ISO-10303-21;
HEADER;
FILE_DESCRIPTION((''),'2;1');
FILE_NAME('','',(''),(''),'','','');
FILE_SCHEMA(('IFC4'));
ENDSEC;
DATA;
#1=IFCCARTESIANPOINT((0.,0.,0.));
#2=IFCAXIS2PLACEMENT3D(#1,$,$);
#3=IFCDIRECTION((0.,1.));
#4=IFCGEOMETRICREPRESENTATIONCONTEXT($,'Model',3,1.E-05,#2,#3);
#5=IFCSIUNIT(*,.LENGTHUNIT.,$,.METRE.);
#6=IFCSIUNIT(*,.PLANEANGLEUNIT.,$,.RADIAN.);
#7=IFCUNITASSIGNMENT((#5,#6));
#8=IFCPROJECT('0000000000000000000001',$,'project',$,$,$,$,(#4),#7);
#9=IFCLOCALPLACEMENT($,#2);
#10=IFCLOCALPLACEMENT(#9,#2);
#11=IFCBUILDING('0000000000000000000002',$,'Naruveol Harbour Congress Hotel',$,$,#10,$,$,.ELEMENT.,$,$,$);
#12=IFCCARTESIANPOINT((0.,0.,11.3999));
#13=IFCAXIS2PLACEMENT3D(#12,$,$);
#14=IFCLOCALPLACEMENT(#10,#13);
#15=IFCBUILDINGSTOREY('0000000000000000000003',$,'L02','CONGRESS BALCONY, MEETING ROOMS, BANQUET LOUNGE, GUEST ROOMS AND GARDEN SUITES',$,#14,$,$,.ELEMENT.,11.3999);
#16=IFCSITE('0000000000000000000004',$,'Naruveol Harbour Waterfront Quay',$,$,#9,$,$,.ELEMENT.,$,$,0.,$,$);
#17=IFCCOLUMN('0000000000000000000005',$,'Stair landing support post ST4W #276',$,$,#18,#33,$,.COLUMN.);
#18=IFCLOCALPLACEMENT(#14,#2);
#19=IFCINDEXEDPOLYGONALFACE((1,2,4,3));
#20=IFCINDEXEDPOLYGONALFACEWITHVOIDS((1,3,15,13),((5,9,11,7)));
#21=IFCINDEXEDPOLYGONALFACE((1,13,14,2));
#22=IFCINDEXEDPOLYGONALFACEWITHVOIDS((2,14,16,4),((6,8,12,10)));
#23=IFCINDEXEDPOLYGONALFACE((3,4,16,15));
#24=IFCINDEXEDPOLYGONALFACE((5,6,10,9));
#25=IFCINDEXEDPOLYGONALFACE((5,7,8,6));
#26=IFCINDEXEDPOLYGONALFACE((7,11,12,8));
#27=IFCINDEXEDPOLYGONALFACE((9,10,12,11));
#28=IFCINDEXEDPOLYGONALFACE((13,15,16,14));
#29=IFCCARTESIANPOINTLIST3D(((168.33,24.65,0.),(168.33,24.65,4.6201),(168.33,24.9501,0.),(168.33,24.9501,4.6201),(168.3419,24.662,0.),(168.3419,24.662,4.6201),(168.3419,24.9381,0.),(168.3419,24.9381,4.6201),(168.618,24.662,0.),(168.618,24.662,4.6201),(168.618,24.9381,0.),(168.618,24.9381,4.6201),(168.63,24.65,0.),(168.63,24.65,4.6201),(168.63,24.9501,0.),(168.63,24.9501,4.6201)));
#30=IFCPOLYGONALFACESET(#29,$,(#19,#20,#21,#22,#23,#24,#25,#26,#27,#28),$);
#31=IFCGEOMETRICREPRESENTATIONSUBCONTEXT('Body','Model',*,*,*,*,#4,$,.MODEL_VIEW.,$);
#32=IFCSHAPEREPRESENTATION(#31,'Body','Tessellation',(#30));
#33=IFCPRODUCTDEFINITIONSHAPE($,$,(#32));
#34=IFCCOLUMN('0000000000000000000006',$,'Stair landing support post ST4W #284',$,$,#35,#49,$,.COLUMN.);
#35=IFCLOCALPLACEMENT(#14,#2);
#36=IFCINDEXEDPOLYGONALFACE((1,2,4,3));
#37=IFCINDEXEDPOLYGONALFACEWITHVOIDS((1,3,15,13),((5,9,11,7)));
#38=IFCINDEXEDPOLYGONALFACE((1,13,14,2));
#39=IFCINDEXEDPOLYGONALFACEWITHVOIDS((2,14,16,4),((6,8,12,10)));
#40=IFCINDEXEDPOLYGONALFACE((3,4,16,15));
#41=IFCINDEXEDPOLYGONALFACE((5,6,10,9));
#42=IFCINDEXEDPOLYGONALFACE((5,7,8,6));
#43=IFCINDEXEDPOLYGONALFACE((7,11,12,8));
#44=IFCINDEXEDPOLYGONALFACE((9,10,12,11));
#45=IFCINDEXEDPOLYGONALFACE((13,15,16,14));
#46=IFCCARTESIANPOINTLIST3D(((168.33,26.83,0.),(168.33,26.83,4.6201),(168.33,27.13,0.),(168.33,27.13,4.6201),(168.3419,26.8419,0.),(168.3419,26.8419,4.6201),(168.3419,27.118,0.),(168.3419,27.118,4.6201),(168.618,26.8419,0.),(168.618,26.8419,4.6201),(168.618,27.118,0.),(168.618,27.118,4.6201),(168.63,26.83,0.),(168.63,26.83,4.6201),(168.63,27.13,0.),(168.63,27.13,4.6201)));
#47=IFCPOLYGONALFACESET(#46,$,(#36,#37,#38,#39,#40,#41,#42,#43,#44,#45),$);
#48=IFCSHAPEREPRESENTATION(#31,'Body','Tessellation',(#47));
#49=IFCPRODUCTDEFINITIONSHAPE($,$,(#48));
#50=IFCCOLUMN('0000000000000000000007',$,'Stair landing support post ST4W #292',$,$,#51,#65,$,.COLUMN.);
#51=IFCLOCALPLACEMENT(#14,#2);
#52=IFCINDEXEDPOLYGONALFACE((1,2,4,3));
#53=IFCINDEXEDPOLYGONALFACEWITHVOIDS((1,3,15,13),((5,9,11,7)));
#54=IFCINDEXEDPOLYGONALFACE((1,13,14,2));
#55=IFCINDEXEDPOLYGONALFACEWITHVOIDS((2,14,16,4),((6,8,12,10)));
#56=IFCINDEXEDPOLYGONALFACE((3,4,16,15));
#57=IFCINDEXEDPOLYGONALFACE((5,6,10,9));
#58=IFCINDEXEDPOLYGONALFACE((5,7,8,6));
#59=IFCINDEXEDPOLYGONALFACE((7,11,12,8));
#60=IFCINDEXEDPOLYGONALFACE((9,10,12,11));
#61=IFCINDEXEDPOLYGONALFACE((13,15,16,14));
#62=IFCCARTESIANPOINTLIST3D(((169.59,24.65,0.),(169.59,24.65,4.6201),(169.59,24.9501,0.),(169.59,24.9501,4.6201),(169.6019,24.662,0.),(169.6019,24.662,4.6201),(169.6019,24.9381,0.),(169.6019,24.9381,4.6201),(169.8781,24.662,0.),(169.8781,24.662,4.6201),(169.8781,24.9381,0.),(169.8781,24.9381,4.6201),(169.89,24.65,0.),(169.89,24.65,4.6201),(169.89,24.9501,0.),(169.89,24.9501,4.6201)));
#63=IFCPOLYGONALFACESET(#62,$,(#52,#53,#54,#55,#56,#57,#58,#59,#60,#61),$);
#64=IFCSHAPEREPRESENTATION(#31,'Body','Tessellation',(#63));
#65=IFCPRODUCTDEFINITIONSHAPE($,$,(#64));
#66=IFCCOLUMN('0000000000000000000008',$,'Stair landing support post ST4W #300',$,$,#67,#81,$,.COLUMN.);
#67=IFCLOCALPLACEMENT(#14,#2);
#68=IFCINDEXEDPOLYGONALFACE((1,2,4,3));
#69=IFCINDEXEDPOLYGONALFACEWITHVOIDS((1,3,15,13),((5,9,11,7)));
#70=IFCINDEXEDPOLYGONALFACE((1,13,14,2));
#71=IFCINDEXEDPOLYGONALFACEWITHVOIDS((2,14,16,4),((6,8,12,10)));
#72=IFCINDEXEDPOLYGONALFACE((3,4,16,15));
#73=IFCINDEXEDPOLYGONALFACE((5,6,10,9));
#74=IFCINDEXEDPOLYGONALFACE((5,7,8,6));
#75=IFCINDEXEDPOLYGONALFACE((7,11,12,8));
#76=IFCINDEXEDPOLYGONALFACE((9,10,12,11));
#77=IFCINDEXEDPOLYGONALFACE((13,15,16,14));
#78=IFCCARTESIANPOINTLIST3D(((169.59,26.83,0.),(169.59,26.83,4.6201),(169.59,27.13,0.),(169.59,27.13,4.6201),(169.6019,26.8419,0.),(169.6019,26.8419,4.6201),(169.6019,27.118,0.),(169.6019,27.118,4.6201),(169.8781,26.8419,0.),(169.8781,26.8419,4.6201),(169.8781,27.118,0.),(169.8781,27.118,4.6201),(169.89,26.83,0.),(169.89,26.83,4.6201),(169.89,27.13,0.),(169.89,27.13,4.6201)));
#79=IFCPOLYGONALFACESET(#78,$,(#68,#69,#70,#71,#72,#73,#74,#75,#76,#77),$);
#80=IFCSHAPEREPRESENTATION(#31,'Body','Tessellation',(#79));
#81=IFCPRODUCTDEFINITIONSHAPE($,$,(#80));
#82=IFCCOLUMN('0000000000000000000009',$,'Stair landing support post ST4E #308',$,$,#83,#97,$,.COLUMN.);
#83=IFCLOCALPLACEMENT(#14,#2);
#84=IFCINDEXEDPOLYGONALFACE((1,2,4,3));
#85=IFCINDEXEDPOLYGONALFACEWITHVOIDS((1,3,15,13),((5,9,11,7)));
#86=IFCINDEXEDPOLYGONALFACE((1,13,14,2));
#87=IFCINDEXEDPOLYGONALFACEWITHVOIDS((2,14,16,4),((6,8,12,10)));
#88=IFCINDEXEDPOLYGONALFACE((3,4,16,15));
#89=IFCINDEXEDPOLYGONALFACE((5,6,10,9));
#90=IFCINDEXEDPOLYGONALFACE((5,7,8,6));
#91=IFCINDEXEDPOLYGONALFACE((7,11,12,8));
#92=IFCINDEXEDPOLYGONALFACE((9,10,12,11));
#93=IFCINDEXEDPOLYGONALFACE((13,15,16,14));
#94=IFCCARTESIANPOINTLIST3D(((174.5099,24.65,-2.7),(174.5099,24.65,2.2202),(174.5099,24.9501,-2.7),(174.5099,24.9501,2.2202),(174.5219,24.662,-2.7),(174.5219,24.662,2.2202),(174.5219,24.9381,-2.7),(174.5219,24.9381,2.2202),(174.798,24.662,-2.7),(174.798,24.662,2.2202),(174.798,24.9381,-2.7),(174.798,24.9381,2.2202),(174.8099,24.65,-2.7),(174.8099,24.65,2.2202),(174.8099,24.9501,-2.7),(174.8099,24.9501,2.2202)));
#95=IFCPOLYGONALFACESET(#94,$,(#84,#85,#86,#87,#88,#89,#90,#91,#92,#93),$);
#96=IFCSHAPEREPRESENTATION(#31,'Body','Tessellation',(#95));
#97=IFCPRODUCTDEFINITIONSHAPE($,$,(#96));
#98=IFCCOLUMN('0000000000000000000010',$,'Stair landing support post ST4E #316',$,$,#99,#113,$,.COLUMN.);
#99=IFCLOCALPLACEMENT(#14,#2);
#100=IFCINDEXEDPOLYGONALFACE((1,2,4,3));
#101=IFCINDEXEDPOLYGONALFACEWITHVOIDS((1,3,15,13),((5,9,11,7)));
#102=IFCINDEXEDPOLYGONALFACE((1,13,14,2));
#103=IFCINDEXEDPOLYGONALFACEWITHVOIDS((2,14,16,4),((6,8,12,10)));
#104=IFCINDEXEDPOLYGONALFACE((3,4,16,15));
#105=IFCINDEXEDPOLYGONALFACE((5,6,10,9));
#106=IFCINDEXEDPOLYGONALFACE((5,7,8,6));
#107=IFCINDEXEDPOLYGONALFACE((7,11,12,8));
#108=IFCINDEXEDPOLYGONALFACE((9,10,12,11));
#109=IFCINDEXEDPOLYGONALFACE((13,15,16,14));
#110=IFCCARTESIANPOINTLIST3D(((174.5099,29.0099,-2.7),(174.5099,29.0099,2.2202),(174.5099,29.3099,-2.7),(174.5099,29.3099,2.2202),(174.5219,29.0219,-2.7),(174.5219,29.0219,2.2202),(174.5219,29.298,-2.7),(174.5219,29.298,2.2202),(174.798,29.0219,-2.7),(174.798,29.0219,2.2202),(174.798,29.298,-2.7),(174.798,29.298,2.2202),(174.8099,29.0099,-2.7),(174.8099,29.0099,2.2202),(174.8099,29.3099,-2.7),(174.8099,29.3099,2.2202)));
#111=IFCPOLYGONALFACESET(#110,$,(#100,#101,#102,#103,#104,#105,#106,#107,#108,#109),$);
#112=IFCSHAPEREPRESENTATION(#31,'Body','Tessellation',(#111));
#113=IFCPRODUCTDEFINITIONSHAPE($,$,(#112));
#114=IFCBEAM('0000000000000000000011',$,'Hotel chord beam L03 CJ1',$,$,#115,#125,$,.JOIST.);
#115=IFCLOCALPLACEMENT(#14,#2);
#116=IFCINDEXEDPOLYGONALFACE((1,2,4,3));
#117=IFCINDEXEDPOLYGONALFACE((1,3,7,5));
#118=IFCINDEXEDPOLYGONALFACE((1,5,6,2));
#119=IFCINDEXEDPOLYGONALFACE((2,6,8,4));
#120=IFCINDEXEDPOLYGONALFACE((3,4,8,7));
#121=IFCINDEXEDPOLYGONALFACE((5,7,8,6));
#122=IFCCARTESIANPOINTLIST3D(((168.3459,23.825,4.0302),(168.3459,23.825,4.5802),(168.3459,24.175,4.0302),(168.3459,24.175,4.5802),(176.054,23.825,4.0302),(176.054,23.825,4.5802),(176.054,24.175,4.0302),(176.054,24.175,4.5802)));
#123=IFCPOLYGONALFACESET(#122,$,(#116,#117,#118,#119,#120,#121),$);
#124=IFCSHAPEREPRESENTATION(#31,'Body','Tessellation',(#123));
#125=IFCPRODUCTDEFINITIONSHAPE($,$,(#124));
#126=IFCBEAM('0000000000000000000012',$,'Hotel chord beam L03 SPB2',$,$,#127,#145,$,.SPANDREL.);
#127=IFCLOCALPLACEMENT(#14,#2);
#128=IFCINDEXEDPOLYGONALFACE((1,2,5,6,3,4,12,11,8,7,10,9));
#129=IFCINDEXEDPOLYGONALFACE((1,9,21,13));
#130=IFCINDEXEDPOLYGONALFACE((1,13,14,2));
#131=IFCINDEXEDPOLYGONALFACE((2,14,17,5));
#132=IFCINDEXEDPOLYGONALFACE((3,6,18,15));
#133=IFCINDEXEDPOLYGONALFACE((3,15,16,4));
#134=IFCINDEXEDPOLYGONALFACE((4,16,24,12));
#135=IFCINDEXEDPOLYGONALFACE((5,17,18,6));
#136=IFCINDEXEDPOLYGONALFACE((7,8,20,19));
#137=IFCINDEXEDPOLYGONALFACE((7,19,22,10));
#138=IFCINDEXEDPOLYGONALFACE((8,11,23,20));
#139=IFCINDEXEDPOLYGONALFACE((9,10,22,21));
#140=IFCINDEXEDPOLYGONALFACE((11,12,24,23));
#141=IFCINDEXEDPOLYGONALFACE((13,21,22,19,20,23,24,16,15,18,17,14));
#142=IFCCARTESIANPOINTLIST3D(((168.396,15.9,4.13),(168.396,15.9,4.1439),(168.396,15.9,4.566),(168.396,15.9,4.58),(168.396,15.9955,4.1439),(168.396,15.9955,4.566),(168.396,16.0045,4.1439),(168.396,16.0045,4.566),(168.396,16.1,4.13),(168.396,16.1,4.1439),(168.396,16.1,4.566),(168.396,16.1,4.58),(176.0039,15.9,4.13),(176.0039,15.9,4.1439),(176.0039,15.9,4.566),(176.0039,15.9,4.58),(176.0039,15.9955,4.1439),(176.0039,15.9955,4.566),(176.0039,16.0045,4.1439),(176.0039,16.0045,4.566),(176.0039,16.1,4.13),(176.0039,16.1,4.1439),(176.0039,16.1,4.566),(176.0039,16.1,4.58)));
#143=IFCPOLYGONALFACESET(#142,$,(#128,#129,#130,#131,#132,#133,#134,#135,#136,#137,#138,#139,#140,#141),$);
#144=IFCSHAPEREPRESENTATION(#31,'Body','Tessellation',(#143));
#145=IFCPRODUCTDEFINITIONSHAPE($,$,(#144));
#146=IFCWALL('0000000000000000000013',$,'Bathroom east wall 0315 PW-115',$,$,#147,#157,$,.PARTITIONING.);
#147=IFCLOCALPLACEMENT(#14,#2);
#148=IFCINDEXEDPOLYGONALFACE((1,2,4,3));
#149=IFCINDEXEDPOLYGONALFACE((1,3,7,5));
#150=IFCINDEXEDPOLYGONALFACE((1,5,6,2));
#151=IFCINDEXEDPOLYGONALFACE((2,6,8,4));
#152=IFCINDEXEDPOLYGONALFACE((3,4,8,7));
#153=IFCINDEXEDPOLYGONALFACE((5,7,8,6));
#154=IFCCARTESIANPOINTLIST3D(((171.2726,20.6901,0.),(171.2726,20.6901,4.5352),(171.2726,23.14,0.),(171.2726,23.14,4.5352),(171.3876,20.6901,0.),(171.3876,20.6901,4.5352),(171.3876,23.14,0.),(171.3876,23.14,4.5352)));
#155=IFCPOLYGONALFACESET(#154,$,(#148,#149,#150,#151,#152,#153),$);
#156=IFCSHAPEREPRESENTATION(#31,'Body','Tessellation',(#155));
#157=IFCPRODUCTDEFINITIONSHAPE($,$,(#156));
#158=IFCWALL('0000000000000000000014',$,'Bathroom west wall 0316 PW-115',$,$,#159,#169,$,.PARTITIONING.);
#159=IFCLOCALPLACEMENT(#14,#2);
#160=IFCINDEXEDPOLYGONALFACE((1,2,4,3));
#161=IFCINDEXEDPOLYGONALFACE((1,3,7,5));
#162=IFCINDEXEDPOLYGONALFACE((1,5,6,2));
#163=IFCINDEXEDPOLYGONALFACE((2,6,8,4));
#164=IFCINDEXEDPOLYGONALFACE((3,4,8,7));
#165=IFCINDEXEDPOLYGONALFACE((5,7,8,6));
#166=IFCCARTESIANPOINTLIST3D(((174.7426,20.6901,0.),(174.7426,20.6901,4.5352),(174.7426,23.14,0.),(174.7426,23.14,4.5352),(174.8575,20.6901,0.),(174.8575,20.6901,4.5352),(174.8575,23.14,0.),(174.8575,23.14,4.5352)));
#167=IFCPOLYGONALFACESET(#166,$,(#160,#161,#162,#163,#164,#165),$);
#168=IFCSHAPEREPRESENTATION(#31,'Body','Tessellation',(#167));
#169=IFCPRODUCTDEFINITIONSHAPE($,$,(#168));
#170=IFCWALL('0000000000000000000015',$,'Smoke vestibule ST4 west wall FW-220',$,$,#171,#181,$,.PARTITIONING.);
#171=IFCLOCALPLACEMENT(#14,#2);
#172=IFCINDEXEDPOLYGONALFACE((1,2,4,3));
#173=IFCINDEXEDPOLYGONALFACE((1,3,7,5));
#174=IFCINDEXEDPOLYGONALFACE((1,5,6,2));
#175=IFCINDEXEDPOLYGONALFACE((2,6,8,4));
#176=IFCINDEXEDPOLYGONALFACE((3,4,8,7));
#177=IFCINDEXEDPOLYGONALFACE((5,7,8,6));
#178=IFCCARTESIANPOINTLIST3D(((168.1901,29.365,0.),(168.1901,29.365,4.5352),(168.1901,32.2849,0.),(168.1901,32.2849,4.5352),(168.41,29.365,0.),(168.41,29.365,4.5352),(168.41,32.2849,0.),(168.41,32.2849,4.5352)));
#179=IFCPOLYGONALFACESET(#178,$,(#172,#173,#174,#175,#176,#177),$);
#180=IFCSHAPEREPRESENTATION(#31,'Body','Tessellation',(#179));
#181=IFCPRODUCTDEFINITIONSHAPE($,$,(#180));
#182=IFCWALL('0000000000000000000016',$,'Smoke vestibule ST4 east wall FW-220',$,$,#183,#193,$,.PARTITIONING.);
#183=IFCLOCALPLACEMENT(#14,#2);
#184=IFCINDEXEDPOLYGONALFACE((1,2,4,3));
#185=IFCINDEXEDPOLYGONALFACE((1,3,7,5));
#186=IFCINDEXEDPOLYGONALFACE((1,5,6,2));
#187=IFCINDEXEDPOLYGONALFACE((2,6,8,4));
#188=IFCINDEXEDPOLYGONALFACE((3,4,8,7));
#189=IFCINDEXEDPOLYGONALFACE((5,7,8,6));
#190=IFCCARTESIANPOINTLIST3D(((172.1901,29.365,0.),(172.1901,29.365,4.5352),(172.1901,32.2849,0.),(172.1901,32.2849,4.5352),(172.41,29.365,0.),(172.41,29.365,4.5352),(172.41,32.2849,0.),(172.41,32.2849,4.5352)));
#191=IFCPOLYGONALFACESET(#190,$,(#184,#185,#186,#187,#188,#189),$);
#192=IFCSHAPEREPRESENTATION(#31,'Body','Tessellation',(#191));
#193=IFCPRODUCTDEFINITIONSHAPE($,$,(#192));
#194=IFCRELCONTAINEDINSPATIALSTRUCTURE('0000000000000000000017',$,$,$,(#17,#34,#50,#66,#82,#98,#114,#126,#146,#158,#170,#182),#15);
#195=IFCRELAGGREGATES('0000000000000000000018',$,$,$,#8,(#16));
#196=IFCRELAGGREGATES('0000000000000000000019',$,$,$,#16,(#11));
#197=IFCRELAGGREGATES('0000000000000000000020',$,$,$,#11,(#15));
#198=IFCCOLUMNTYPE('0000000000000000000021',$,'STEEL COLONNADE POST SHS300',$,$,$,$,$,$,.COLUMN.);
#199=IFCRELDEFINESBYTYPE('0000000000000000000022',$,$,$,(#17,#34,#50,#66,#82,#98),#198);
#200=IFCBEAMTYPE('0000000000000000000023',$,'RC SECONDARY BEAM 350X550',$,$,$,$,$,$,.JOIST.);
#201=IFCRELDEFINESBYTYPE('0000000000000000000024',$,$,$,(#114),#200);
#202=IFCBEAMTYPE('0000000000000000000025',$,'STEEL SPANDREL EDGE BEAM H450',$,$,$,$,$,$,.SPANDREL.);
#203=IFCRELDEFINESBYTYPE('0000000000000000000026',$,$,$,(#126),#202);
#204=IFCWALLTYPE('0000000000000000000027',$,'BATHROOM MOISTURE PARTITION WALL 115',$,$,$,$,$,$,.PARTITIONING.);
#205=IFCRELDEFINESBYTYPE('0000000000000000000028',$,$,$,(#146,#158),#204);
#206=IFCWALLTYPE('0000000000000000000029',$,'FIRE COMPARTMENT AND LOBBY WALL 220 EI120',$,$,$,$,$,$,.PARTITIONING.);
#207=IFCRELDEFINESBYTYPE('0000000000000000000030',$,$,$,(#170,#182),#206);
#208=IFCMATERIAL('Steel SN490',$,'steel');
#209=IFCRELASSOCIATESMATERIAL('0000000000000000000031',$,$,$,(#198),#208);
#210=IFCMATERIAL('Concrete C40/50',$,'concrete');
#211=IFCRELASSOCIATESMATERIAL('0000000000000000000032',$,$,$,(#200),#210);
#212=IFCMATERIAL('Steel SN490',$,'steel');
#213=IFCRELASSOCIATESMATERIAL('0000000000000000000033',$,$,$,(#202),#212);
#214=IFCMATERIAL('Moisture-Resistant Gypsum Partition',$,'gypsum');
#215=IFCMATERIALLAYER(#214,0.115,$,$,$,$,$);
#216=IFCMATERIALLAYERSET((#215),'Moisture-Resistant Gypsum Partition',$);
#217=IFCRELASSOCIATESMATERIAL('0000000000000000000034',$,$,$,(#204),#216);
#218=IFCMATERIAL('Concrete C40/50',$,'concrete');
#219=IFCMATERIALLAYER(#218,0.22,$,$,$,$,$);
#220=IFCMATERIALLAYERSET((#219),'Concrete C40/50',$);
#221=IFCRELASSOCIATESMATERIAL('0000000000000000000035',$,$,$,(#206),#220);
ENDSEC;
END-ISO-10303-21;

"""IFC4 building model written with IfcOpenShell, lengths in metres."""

from ifc_helpers import new_model, si_unit, direction, frame, frame_2d, origin, origin_2d, place, context, subcontext, project, spatial, rectangle, hollow_rectangle, i_section, extrude, material, layer, layer_set, material_profile, profile_set, type_object, element, save


model = new_model("IFC4")

# Units and contexts
model_context = context("Model", 3, precision=1e-05, world=origin(), true_north=direction((0.0, 1.0)))
body_context = subcontext(model_context, "Body", "Model", "MODEL_VIEW")
ifc_project = project(units=[si_unit("LENGTHUNIT", "METRE"), si_unit("PLANEANGLEUNIT", "RADIAN")], contexts=[model_context])

# Site, building, storey
site_placement = place(None, origin())
site = spatial("IfcSite", under=ifc_project, at=site_placement, Name="Naruveol Harbour Waterfront Quay", CompositionType="ELEMENT", RefElevation=0.0)
building_placement = place(site_placement, origin())
building = spatial("IfcBuilding", under=site, at=building_placement, Name="Naruveol Harbour Congress Hotel", CompositionType="ELEMENT")
storey_placement = place(building_placement, frame((0.0, 0.0, 11.3999)))
storey = spatial("IfcBuildingStorey", under=building, at=storey_placement, Name="L02", Description="CONGRESS BALCONY, MEETING ROOMS, BANQUET LOUNGE, GUEST ROOMS AND GARDEN SUITES", CompositionType="ELEMENT", Elevation=11.3999)

# Columns
ifc_material_1 = material(Name="Steel SN490", Category="steel")
ifc_material_profile_1 = material_profile(ifc_material_1, hollow_rectangle(XDim=0.3, YDim=0.3, WallThickness=0.012, at=origin_2d()), Name="SHS-300x300x12")
ifc_profile_set_1 = profile_set([ifc_material_profile_1], Name="Steel SN490")
column_type = type_object("IfcColumnType", Name="STEEL COLONNADE POST SHS300", PredefinedType="COLUMN", material=ifc_profile_set_1)
for number, where, z_axis, x_axis, name in (
    (1, (168.48, 24.8, 0.0), (0.0, 0.0, 1.0), (1.0, 0.0, 0.0), "Stair landing support post ST4W #276"),
    (2, (168.48, 26.98, 0.0), (0.0, 0.0, 1.0), (1.0, 0.0, 0.0), "Stair landing support post ST4W #284"),
    (3, (169.74, 24.8, 0.0), (0.0, 0.0, 1.0), (1.0, 0.0, 0.0), "Stair landing support post ST4W #292"),
    (4, (169.74, 26.98, 0.0), (0.0, 0.0, 1.0), (1.0, 0.0, 0.0), "Stair landing support post ST4W #300"),
):
    element("IfcColumn", number, at=place(storey_placement, frame(where, z_axis=z_axis, x_axis=x_axis)), inside=storey, type_object=column_type, Name=name, PredefinedType="COLUMN", context=body_context, shape_type="SweptSolid", body=[
        extrude(hollow_rectangle(XDim=0.3, YDim=0.3, WallThickness=0.012, at=origin_2d()), origin(), (0.0, 0.0, 1.0), 4.6201),
    ])
for number, where, z_axis, x_axis, name in (
    (5, (174.6599, 24.8, -2.7), (0.0, 0.0, 1.0), (1.0, 0.0, 0.0), "Stair landing support post ST4E #308"),
    (6, (174.6599, 29.1599, -2.7), (0.0, 0.0, 1.0), (1.0, 0.0, 0.0), "Stair landing support post ST4E #316"),
):
    element("IfcColumn", number, at=place(storey_placement, frame(where, z_axis=z_axis, x_axis=x_axis)), inside=storey, type_object=column_type, Name=name, PredefinedType="COLUMN", context=body_context, shape_type="SweptSolid", body=[
        extrude(hollow_rectangle(XDim=0.3, YDim=0.3, WallThickness=0.012, at=origin_2d()), origin(), (0.0, 0.0, 1.0), 4.9202),
    ])

# Beams
ifc_material_2 = material(Name="Concrete C40/50", Category="concrete")
ifc_material_profile_2 = material_profile(ifc_material_2, rectangle(XDim=0.3501, YDim=0.55, at=origin_2d()), Name="RCB-350x550")
ifc_profile_set_2 = profile_set([ifc_material_profile_2], Name="Concrete C40/50")
beam_type_1 = type_object("IfcBeamType", Name="RC SECONDARY BEAM 350X550", PredefinedType="JOIST", material=ifc_profile_set_2)
beam_1_placement = place(storey_placement, frame((168.3459, 24.0, 4.3052), z_axis=(1.0, 0.0, 0.0), x_axis=(0.0, 1.0, 0.0)))
element("IfcBeam", 7, at=beam_1_placement, inside=storey, type_object=beam_type_1, Name="Hotel chord beam L03 CJ1", PredefinedType="JOIST", context=body_context, shape_type="SweptSolid", body=[
    extrude(rectangle(XDim=0.3501, YDim=0.55, at=origin_2d()), origin(), (0.0, 0.0, 1.0), 7.708),
])
ifc_material_3 = material(Name="Steel SN490", Category="steel")
ifc_material_profile_3 = material_profile(ifc_material_3, i_section(OverallWidth=0.2, OverallDepth=0.45, WebThickness=0.009, FlangeThickness=0.0139, at=origin_2d()), Name="H-450x200x9x14")
ifc_profile_set_3 = profile_set([ifc_material_profile_3], Name="Steel SN490")
beam_type_2 = type_object("IfcBeamType", Name="STEEL SPANDREL EDGE BEAM H450", PredefinedType="SPANDREL", material=ifc_profile_set_3)
beam_2_placement = place(storey_placement, frame((168.396, 16.0, 4.355), z_axis=(1.0, 0.0, 0.0), x_axis=(0.0, 1.0, 0.0)))
element("IfcBeam", 8, at=beam_2_placement, inside=storey, type_object=beam_type_2, Name="Hotel chord beam L03 SPB2", PredefinedType="SPANDREL", context=body_context, shape_type="SweptSolid", body=[
    extrude(i_section(OverallWidth=0.2, OverallDepth=0.45, WebThickness=0.009, FlangeThickness=0.0139, at=origin_2d()), origin(), (0.0, 0.0, 1.0), 7.6079),
])

# Wall
ifc_material_4 = material(Name="Moisture-Resistant Gypsum Partition", Category="gypsum")
ifc_layer_1 = layer(ifc_material_4, 0.115)
ifc_layer_set_1 = layer_set([ifc_layer_1], Name="Moisture-Resistant Gypsum Partition")
wall_type_1 = type_object("IfcWallType", Name="BATHROOM MOISTURE PARTITION WALL 115", PredefinedType="PARTITIONING", material=ifc_layer_set_1)
wall_1_placement = place(storey_placement, frame((171.3301, 20.6899, 0.0), z_axis=(0.0, 0.0, 1.0), x_axis=(0.0, 1.0, 0.0)))
element("IfcWall", 9, at=wall_1_placement, inside=storey, type_object=wall_type_1, Name="Bathroom east wall 0315 PW-115", PredefinedType="PARTITIONING", context=body_context, shape_type="SweptSolid", body=[
    extrude(rectangle(XDim=2.45, YDim=0.115, at=frame_2d((1.2251, 0.0))), origin(), (0.0, 0.0, 1.0), 4.5352),
])

# Walls
wall_2_placement = place(storey_placement, frame((174.8, 20.6899, 0.0), z_axis=(0.0, 0.0, 1.0), x_axis=(0.0, 1.0, 0.0)))
element("IfcWall", 10, at=wall_2_placement, inside=storey, type_object=wall_type_1, Name="Bathroom west wall 0316 PW-115", PredefinedType="PARTITIONING", context=body_context, shape_type="SweptSolid", body=[
    extrude(rectangle(XDim=2.45, YDim=0.115, at=frame_2d((1.2251, 0.0))), origin(), (0.0, 0.0, 1.0), 4.5352),
])
ifc_material_5 = material(Name="Concrete C40/50", Category="concrete")
ifc_layer_2 = layer(ifc_material_5, 0.22)
ifc_layer_set_2 = layer_set([ifc_layer_2], Name="Concrete C40/50")
wall_type_2 = type_object("IfcWallType", Name="FIRE COMPARTMENT AND LOBBY WALL 220 EI120", PredefinedType="PARTITIONING", material=ifc_layer_set_2)
for number, where, z_axis, x_axis, name in (
    (11, (168.3, 29.365, 0.0), (0.0, 0.0, 1.0), (0.0, 1.0, 0.0), "Smoke vestibule ST4 west wall FW-220"),
    (12, (172.3, 29.365, 0.0), (0.0, 0.0, 1.0), (0.0, 1.0, 0.0), "Smoke vestibule ST4 east wall FW-220"),
):
    element("IfcWall", number, at=place(storey_placement, frame(where, z_axis=z_axis, x_axis=x_axis)), inside=storey, type_object=wall_type_2, Name=name, PredefinedType="PARTITIONING", context=body_context, shape_type="SweptSolid", body=[
        extrude(rectangle(XDim=2.9199, YDim=0.22, at=frame_2d((1.46, 0.0))), origin(), (0.0, 0.0, 1.0), 4.5352),
    ])

save(model, "model.ifc")
